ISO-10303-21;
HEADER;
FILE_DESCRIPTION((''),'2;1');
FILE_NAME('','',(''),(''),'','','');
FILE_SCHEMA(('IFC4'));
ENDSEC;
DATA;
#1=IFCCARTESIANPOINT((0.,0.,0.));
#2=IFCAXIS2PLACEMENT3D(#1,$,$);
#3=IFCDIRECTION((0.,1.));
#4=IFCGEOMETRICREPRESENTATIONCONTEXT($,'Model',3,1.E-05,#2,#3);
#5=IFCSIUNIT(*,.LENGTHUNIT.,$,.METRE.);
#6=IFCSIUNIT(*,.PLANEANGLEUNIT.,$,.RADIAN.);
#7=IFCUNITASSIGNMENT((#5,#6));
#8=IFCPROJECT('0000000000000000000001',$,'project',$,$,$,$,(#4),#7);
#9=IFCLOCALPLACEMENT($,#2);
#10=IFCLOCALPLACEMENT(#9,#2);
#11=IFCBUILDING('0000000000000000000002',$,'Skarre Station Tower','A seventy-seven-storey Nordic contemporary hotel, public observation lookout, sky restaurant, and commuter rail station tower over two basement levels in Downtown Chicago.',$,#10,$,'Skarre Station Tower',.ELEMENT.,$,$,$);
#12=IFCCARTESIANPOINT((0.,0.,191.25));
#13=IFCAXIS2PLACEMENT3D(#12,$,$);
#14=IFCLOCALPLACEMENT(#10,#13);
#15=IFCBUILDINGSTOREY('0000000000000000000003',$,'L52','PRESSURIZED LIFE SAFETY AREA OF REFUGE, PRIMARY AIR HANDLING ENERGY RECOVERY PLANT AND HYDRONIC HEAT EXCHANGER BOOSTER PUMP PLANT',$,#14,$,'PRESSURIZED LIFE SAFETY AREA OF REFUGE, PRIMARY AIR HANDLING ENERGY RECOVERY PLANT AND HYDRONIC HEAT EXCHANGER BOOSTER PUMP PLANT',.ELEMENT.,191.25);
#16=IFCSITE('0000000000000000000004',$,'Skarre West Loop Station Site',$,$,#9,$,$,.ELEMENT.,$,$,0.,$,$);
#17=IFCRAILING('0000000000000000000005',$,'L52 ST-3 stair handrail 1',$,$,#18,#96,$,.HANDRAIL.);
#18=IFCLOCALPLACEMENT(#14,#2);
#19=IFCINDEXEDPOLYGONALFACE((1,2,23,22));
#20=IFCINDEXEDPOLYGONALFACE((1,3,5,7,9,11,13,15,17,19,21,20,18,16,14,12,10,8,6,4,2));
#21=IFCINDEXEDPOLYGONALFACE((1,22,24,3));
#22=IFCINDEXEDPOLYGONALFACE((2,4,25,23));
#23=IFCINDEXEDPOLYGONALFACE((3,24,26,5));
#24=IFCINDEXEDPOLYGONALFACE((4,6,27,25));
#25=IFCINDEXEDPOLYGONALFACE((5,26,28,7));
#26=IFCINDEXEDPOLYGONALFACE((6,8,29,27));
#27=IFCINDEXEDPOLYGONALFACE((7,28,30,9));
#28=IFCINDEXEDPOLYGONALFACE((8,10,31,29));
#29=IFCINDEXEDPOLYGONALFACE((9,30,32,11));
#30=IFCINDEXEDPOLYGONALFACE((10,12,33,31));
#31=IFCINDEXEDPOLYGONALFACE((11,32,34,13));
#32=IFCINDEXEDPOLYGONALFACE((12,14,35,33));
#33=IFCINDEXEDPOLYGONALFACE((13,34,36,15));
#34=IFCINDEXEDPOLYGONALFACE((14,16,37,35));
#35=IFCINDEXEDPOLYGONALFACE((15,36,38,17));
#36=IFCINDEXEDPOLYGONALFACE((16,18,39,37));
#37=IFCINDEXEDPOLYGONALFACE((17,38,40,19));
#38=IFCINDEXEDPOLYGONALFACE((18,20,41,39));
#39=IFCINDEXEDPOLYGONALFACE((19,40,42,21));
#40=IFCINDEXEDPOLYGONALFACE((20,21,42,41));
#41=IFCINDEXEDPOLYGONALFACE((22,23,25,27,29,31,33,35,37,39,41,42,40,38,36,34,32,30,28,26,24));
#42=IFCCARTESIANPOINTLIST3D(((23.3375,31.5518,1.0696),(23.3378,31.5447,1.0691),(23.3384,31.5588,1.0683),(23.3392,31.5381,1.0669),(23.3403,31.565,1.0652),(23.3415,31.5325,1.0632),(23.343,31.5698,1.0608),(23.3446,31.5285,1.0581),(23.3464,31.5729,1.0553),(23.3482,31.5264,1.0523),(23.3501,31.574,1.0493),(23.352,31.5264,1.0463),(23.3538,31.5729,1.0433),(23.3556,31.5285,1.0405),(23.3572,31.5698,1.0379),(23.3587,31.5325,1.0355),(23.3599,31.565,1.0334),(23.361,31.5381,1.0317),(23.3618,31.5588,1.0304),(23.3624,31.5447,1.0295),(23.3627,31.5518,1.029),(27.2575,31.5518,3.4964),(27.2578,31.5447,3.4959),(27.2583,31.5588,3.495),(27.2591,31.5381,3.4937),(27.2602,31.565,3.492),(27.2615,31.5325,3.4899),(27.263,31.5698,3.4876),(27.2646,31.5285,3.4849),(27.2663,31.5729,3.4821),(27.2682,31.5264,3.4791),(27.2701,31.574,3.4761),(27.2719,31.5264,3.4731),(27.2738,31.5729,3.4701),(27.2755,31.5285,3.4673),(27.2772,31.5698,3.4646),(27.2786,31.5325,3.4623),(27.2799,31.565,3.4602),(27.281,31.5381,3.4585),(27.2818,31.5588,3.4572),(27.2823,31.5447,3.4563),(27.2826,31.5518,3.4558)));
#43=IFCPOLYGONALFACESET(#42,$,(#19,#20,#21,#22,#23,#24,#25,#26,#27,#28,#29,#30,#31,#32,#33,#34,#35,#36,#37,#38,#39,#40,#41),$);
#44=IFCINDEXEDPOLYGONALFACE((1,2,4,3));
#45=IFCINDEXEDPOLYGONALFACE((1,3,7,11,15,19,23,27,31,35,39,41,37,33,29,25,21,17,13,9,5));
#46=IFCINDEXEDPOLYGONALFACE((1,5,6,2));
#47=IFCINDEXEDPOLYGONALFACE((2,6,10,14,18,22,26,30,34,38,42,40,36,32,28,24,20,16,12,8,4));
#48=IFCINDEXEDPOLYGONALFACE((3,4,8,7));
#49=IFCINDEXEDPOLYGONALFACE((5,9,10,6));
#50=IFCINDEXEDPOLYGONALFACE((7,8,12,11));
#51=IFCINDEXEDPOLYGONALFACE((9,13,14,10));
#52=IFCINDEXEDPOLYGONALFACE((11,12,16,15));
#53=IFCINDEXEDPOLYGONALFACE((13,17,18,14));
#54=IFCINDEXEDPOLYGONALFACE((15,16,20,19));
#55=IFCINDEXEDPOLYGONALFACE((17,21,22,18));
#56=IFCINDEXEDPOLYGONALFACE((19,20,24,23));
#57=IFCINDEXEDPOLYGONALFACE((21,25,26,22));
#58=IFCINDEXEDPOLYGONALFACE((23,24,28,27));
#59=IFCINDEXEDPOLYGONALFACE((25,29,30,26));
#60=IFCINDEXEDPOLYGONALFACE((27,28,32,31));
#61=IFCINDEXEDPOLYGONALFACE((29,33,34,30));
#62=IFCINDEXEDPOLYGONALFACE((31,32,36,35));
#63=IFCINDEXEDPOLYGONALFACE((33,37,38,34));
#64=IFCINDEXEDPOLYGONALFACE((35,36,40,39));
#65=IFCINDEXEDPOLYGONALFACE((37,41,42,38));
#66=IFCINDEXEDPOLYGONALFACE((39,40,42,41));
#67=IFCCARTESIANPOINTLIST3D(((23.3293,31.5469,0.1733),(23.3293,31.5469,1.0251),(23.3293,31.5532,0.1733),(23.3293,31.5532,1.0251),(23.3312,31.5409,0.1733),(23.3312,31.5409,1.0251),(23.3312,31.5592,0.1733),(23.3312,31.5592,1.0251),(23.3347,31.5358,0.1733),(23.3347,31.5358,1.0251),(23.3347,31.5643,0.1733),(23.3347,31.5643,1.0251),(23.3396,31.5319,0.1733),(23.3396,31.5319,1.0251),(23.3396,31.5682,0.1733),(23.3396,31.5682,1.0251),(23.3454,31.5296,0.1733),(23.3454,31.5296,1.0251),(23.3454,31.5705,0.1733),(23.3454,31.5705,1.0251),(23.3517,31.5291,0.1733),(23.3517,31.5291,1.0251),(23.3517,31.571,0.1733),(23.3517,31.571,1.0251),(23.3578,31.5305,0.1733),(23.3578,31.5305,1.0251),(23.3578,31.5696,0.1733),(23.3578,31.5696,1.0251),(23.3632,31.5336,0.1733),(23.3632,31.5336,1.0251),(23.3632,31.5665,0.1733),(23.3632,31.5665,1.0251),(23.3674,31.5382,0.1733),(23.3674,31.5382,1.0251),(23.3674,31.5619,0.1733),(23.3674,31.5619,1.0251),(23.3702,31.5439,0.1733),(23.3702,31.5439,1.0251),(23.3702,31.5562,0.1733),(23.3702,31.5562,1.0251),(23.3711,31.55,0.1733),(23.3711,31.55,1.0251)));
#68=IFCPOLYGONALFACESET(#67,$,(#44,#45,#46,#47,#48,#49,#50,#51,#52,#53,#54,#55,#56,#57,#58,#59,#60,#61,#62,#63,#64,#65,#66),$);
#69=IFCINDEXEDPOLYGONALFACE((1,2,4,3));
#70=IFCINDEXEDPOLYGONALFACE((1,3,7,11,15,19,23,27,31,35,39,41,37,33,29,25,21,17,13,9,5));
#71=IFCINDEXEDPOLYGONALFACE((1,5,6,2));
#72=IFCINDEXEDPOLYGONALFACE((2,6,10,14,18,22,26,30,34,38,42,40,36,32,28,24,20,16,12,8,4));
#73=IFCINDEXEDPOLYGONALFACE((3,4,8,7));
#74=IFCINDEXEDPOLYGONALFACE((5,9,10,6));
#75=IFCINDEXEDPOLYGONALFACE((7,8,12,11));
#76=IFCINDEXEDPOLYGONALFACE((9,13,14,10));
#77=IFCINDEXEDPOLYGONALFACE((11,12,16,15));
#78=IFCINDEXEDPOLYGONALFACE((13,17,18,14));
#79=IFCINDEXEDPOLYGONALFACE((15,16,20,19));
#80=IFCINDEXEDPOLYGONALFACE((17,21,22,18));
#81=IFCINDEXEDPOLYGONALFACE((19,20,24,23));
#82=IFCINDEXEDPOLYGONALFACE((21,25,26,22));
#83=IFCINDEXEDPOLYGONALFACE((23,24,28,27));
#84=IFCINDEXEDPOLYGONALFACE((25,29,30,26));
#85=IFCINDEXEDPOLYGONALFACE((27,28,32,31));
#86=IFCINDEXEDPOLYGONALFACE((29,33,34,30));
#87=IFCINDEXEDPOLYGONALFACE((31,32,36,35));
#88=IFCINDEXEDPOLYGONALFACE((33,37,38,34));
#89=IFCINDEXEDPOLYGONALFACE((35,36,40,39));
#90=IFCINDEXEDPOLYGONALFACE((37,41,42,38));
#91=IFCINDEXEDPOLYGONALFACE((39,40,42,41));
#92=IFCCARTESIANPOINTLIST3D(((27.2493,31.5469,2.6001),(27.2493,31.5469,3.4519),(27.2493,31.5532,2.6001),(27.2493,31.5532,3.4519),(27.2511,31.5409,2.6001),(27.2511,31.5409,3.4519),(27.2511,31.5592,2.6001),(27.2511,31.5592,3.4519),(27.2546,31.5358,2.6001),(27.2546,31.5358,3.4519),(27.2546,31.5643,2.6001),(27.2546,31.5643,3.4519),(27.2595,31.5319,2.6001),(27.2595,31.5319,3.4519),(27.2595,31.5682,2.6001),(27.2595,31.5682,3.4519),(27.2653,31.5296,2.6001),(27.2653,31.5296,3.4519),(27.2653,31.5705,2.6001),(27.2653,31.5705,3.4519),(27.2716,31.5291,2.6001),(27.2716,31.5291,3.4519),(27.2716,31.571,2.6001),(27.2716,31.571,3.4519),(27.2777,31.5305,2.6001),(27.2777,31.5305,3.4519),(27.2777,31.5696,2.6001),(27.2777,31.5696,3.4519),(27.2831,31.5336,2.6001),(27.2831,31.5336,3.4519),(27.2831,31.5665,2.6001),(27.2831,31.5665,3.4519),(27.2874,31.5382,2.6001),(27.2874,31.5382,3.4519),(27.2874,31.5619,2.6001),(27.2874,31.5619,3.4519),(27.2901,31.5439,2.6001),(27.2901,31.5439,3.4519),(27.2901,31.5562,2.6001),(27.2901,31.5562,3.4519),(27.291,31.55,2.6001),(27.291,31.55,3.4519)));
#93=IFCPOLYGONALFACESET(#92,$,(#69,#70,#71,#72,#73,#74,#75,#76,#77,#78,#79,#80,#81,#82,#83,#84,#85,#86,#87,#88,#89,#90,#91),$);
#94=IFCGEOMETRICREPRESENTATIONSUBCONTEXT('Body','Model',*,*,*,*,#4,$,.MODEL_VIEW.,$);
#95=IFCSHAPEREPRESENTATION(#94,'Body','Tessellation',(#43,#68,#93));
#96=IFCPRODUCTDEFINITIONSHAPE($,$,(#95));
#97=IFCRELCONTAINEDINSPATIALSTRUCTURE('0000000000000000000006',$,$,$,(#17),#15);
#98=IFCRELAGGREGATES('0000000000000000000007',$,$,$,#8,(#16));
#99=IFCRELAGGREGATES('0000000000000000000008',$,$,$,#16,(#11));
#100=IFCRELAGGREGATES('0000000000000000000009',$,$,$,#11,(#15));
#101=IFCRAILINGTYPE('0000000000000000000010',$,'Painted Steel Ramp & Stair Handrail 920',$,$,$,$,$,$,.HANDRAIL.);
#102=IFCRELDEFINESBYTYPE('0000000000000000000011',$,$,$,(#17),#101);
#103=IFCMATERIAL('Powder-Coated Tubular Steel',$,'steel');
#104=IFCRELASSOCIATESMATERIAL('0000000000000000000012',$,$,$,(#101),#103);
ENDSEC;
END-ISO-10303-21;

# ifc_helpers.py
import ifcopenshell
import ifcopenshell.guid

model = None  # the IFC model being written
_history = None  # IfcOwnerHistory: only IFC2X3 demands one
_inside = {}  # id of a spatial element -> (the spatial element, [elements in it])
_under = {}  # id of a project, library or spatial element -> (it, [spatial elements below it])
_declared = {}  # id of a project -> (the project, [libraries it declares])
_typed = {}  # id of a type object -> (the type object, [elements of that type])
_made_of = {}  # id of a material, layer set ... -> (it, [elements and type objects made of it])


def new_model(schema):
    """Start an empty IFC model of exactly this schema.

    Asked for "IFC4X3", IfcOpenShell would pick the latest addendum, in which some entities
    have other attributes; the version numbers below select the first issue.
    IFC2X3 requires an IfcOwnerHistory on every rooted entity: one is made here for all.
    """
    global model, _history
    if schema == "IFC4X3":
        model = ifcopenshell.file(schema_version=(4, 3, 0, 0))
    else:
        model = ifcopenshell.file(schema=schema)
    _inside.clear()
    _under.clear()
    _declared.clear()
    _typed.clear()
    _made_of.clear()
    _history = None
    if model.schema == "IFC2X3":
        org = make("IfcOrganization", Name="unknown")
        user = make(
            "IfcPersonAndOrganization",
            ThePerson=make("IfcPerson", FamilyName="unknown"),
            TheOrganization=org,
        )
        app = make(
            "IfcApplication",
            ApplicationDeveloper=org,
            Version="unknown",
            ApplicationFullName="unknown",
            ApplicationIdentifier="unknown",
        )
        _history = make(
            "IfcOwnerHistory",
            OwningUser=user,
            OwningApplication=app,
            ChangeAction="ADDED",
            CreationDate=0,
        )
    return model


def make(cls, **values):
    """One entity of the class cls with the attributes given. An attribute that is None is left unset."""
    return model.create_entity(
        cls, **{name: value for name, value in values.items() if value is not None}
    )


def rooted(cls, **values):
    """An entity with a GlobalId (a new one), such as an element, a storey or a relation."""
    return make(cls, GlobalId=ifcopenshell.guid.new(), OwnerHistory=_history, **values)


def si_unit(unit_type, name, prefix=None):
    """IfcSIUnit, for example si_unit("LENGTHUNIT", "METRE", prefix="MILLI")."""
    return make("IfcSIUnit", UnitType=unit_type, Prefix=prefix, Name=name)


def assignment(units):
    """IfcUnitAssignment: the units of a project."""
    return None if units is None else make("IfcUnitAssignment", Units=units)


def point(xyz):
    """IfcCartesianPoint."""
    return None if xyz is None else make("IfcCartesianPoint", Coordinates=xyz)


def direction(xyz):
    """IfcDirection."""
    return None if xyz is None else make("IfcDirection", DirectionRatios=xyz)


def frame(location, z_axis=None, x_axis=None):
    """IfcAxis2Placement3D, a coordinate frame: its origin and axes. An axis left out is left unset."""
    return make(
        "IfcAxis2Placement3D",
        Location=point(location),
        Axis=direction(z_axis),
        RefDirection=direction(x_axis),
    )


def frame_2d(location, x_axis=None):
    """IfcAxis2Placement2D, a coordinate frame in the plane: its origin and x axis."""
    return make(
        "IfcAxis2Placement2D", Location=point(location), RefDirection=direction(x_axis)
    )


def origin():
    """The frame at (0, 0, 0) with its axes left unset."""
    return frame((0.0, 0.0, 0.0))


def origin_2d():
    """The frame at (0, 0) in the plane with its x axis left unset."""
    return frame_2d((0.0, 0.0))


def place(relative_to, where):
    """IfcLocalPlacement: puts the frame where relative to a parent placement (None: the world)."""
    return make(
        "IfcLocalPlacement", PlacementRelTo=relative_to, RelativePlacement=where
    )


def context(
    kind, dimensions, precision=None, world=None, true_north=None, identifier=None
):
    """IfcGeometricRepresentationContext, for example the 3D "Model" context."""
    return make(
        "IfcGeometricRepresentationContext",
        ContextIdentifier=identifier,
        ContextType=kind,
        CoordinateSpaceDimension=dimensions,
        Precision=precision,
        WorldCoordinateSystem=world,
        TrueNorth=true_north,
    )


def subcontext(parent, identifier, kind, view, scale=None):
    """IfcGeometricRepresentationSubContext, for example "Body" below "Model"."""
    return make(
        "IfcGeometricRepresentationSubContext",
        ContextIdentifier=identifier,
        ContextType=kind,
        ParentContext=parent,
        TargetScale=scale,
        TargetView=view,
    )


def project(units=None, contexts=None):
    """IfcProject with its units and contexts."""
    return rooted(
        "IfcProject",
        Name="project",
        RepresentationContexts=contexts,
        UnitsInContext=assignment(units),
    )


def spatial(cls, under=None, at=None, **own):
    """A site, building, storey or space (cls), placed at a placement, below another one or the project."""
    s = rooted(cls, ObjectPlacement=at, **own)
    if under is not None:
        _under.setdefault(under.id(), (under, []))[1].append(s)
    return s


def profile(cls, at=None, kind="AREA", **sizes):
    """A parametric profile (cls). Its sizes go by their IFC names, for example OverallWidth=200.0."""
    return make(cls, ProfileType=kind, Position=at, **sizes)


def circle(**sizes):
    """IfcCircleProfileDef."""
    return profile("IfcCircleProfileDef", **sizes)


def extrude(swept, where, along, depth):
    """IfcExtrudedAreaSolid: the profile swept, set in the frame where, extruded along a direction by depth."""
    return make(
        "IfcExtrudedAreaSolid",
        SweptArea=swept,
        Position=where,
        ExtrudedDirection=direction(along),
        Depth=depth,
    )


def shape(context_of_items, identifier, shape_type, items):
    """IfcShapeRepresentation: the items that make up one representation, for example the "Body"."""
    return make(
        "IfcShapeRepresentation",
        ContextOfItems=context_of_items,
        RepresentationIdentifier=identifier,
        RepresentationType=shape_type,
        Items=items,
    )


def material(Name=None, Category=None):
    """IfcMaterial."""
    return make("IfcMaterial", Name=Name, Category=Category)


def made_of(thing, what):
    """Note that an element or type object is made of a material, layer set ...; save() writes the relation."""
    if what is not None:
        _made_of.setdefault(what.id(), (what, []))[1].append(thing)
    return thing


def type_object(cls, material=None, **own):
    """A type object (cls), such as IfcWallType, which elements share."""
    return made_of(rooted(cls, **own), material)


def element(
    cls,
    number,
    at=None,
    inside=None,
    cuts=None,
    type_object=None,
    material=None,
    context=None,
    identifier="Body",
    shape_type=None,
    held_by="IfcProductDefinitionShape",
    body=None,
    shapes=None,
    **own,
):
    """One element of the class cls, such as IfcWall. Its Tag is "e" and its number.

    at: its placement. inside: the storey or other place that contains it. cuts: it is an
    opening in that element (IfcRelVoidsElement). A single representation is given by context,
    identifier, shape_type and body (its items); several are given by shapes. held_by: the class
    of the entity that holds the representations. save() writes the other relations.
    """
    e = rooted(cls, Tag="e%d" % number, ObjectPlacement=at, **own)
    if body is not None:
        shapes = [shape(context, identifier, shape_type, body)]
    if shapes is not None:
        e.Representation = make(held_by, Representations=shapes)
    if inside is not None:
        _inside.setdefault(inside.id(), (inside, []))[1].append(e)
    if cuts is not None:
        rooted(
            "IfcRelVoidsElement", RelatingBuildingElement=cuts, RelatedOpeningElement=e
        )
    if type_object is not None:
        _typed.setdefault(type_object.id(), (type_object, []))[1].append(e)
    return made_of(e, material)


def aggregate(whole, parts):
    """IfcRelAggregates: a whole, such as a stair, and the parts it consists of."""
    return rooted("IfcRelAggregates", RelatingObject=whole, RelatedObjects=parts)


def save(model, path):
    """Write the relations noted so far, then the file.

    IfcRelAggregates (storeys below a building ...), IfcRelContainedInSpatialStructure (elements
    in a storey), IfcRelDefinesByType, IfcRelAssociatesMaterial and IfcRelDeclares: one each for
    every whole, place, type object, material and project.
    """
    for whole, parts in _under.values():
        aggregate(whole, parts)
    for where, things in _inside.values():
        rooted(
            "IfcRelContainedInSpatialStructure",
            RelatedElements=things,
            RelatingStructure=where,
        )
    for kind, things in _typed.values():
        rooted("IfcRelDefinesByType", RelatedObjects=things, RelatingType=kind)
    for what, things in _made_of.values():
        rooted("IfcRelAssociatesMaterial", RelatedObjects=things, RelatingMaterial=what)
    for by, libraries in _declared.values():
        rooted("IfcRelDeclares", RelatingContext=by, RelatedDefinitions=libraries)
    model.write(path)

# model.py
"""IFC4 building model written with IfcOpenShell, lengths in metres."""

from ifc_helpers import new_model, si_unit, direction, frame, origin, origin_2d, place, context, subcontext, project, spatial, circle, extrude, material, type_object, element, save


model = new_model("IFC4")

# Units and contexts
model_context = context("Model", 3, precision=1e-05, world=origin(), true_north=direction((0.0, 1.0)))
body_context = subcontext(model_context, "Body", "Model", "MODEL_VIEW")
ifc_project = project(units=[si_unit("LENGTHUNIT", "METRE"), si_unit("PLANEANGLEUNIT", "RADIAN")], contexts=[model_context])

# Site, building, storey
site_placement = place(None, origin())
site = spatial("IfcSite", under=ifc_project, at=site_placement, Name="Skarre West Loop Station Site", CompositionType="ELEMENT", RefElevation=0.0)
building_placement = place(site_placement, origin())
building = spatial("IfcBuilding", under=site, at=building_placement, Name="Skarre Station Tower", Description="A seventy-seven-storey Nordic contemporary hotel, public observation lookout, sky restaurant, and commuter rail station tower over two basement levels in Downtown Chicago.", LongName="Skarre Station Tower", CompositionType="ELEMENT")
storey_placement = place(building_placement, frame((0.0, 0.0, 191.25)))
storey = spatial("IfcBuildingStorey", under=building, at=storey_placement, Name="L52", Description="PRESSURIZED LIFE SAFETY AREA OF REFUGE, PRIMARY AIR HANDLING ENERGY RECOVERY PLANT AND HYDRONIC HEAT EXCHANGER BOOSTER PUMP PLANT", LongName="PRESSURIZED LIFE SAFETY AREA OF REFUGE, PRIMARY AIR HANDLING ENERGY RECOVERY PLANT AND HYDRONIC HEAT EXCHANGER BOOSTER PUMP PLANT", CompositionType="ELEMENT", Elevation=191.25)

# Railing
ifc_material_1 = material(Name="Powder-Coated Tubular Steel", Category="steel")
railing_type_1 = type_object("IfcRailingType", Name="Painted Steel Ramp & Stair Handrail 920", PredefinedType="HANDRAIL", material=ifc_material_1)
railing_1_placement = place(storey_placement, frame((23.3501, 31.55, 0.1733)))
element("IfcRailing", 1, at=railing_1_placement, inside=storey, type_object=railing_type_1, Name="L52 ST-3 stair handrail 1", PredefinedType="HANDRAIL", context=body_context, shape_type="SweptSolid", body=[
    extrude(circle(Radius=0.0239, at=origin_2d()), frame((0.0, 0.0, 0.876), z_axis=(0.850252, 0.0, 0.526376), x_axis=(0.0, 1.0, 0.0)), (0.0, 0.0, 1.0), 4.6104),
    extrude(circle(Radius=0.021, at=origin_2d()), origin(), (0.0, 0.0, 1.0), 0.8518),
    extrude(circle(Radius=0.021, at=origin_2d()), frame((3.9199, 0.0, 2.4268)), (0.0, 0.0, 1.0), 0.8518),
])

save(model, "model.ifc")
